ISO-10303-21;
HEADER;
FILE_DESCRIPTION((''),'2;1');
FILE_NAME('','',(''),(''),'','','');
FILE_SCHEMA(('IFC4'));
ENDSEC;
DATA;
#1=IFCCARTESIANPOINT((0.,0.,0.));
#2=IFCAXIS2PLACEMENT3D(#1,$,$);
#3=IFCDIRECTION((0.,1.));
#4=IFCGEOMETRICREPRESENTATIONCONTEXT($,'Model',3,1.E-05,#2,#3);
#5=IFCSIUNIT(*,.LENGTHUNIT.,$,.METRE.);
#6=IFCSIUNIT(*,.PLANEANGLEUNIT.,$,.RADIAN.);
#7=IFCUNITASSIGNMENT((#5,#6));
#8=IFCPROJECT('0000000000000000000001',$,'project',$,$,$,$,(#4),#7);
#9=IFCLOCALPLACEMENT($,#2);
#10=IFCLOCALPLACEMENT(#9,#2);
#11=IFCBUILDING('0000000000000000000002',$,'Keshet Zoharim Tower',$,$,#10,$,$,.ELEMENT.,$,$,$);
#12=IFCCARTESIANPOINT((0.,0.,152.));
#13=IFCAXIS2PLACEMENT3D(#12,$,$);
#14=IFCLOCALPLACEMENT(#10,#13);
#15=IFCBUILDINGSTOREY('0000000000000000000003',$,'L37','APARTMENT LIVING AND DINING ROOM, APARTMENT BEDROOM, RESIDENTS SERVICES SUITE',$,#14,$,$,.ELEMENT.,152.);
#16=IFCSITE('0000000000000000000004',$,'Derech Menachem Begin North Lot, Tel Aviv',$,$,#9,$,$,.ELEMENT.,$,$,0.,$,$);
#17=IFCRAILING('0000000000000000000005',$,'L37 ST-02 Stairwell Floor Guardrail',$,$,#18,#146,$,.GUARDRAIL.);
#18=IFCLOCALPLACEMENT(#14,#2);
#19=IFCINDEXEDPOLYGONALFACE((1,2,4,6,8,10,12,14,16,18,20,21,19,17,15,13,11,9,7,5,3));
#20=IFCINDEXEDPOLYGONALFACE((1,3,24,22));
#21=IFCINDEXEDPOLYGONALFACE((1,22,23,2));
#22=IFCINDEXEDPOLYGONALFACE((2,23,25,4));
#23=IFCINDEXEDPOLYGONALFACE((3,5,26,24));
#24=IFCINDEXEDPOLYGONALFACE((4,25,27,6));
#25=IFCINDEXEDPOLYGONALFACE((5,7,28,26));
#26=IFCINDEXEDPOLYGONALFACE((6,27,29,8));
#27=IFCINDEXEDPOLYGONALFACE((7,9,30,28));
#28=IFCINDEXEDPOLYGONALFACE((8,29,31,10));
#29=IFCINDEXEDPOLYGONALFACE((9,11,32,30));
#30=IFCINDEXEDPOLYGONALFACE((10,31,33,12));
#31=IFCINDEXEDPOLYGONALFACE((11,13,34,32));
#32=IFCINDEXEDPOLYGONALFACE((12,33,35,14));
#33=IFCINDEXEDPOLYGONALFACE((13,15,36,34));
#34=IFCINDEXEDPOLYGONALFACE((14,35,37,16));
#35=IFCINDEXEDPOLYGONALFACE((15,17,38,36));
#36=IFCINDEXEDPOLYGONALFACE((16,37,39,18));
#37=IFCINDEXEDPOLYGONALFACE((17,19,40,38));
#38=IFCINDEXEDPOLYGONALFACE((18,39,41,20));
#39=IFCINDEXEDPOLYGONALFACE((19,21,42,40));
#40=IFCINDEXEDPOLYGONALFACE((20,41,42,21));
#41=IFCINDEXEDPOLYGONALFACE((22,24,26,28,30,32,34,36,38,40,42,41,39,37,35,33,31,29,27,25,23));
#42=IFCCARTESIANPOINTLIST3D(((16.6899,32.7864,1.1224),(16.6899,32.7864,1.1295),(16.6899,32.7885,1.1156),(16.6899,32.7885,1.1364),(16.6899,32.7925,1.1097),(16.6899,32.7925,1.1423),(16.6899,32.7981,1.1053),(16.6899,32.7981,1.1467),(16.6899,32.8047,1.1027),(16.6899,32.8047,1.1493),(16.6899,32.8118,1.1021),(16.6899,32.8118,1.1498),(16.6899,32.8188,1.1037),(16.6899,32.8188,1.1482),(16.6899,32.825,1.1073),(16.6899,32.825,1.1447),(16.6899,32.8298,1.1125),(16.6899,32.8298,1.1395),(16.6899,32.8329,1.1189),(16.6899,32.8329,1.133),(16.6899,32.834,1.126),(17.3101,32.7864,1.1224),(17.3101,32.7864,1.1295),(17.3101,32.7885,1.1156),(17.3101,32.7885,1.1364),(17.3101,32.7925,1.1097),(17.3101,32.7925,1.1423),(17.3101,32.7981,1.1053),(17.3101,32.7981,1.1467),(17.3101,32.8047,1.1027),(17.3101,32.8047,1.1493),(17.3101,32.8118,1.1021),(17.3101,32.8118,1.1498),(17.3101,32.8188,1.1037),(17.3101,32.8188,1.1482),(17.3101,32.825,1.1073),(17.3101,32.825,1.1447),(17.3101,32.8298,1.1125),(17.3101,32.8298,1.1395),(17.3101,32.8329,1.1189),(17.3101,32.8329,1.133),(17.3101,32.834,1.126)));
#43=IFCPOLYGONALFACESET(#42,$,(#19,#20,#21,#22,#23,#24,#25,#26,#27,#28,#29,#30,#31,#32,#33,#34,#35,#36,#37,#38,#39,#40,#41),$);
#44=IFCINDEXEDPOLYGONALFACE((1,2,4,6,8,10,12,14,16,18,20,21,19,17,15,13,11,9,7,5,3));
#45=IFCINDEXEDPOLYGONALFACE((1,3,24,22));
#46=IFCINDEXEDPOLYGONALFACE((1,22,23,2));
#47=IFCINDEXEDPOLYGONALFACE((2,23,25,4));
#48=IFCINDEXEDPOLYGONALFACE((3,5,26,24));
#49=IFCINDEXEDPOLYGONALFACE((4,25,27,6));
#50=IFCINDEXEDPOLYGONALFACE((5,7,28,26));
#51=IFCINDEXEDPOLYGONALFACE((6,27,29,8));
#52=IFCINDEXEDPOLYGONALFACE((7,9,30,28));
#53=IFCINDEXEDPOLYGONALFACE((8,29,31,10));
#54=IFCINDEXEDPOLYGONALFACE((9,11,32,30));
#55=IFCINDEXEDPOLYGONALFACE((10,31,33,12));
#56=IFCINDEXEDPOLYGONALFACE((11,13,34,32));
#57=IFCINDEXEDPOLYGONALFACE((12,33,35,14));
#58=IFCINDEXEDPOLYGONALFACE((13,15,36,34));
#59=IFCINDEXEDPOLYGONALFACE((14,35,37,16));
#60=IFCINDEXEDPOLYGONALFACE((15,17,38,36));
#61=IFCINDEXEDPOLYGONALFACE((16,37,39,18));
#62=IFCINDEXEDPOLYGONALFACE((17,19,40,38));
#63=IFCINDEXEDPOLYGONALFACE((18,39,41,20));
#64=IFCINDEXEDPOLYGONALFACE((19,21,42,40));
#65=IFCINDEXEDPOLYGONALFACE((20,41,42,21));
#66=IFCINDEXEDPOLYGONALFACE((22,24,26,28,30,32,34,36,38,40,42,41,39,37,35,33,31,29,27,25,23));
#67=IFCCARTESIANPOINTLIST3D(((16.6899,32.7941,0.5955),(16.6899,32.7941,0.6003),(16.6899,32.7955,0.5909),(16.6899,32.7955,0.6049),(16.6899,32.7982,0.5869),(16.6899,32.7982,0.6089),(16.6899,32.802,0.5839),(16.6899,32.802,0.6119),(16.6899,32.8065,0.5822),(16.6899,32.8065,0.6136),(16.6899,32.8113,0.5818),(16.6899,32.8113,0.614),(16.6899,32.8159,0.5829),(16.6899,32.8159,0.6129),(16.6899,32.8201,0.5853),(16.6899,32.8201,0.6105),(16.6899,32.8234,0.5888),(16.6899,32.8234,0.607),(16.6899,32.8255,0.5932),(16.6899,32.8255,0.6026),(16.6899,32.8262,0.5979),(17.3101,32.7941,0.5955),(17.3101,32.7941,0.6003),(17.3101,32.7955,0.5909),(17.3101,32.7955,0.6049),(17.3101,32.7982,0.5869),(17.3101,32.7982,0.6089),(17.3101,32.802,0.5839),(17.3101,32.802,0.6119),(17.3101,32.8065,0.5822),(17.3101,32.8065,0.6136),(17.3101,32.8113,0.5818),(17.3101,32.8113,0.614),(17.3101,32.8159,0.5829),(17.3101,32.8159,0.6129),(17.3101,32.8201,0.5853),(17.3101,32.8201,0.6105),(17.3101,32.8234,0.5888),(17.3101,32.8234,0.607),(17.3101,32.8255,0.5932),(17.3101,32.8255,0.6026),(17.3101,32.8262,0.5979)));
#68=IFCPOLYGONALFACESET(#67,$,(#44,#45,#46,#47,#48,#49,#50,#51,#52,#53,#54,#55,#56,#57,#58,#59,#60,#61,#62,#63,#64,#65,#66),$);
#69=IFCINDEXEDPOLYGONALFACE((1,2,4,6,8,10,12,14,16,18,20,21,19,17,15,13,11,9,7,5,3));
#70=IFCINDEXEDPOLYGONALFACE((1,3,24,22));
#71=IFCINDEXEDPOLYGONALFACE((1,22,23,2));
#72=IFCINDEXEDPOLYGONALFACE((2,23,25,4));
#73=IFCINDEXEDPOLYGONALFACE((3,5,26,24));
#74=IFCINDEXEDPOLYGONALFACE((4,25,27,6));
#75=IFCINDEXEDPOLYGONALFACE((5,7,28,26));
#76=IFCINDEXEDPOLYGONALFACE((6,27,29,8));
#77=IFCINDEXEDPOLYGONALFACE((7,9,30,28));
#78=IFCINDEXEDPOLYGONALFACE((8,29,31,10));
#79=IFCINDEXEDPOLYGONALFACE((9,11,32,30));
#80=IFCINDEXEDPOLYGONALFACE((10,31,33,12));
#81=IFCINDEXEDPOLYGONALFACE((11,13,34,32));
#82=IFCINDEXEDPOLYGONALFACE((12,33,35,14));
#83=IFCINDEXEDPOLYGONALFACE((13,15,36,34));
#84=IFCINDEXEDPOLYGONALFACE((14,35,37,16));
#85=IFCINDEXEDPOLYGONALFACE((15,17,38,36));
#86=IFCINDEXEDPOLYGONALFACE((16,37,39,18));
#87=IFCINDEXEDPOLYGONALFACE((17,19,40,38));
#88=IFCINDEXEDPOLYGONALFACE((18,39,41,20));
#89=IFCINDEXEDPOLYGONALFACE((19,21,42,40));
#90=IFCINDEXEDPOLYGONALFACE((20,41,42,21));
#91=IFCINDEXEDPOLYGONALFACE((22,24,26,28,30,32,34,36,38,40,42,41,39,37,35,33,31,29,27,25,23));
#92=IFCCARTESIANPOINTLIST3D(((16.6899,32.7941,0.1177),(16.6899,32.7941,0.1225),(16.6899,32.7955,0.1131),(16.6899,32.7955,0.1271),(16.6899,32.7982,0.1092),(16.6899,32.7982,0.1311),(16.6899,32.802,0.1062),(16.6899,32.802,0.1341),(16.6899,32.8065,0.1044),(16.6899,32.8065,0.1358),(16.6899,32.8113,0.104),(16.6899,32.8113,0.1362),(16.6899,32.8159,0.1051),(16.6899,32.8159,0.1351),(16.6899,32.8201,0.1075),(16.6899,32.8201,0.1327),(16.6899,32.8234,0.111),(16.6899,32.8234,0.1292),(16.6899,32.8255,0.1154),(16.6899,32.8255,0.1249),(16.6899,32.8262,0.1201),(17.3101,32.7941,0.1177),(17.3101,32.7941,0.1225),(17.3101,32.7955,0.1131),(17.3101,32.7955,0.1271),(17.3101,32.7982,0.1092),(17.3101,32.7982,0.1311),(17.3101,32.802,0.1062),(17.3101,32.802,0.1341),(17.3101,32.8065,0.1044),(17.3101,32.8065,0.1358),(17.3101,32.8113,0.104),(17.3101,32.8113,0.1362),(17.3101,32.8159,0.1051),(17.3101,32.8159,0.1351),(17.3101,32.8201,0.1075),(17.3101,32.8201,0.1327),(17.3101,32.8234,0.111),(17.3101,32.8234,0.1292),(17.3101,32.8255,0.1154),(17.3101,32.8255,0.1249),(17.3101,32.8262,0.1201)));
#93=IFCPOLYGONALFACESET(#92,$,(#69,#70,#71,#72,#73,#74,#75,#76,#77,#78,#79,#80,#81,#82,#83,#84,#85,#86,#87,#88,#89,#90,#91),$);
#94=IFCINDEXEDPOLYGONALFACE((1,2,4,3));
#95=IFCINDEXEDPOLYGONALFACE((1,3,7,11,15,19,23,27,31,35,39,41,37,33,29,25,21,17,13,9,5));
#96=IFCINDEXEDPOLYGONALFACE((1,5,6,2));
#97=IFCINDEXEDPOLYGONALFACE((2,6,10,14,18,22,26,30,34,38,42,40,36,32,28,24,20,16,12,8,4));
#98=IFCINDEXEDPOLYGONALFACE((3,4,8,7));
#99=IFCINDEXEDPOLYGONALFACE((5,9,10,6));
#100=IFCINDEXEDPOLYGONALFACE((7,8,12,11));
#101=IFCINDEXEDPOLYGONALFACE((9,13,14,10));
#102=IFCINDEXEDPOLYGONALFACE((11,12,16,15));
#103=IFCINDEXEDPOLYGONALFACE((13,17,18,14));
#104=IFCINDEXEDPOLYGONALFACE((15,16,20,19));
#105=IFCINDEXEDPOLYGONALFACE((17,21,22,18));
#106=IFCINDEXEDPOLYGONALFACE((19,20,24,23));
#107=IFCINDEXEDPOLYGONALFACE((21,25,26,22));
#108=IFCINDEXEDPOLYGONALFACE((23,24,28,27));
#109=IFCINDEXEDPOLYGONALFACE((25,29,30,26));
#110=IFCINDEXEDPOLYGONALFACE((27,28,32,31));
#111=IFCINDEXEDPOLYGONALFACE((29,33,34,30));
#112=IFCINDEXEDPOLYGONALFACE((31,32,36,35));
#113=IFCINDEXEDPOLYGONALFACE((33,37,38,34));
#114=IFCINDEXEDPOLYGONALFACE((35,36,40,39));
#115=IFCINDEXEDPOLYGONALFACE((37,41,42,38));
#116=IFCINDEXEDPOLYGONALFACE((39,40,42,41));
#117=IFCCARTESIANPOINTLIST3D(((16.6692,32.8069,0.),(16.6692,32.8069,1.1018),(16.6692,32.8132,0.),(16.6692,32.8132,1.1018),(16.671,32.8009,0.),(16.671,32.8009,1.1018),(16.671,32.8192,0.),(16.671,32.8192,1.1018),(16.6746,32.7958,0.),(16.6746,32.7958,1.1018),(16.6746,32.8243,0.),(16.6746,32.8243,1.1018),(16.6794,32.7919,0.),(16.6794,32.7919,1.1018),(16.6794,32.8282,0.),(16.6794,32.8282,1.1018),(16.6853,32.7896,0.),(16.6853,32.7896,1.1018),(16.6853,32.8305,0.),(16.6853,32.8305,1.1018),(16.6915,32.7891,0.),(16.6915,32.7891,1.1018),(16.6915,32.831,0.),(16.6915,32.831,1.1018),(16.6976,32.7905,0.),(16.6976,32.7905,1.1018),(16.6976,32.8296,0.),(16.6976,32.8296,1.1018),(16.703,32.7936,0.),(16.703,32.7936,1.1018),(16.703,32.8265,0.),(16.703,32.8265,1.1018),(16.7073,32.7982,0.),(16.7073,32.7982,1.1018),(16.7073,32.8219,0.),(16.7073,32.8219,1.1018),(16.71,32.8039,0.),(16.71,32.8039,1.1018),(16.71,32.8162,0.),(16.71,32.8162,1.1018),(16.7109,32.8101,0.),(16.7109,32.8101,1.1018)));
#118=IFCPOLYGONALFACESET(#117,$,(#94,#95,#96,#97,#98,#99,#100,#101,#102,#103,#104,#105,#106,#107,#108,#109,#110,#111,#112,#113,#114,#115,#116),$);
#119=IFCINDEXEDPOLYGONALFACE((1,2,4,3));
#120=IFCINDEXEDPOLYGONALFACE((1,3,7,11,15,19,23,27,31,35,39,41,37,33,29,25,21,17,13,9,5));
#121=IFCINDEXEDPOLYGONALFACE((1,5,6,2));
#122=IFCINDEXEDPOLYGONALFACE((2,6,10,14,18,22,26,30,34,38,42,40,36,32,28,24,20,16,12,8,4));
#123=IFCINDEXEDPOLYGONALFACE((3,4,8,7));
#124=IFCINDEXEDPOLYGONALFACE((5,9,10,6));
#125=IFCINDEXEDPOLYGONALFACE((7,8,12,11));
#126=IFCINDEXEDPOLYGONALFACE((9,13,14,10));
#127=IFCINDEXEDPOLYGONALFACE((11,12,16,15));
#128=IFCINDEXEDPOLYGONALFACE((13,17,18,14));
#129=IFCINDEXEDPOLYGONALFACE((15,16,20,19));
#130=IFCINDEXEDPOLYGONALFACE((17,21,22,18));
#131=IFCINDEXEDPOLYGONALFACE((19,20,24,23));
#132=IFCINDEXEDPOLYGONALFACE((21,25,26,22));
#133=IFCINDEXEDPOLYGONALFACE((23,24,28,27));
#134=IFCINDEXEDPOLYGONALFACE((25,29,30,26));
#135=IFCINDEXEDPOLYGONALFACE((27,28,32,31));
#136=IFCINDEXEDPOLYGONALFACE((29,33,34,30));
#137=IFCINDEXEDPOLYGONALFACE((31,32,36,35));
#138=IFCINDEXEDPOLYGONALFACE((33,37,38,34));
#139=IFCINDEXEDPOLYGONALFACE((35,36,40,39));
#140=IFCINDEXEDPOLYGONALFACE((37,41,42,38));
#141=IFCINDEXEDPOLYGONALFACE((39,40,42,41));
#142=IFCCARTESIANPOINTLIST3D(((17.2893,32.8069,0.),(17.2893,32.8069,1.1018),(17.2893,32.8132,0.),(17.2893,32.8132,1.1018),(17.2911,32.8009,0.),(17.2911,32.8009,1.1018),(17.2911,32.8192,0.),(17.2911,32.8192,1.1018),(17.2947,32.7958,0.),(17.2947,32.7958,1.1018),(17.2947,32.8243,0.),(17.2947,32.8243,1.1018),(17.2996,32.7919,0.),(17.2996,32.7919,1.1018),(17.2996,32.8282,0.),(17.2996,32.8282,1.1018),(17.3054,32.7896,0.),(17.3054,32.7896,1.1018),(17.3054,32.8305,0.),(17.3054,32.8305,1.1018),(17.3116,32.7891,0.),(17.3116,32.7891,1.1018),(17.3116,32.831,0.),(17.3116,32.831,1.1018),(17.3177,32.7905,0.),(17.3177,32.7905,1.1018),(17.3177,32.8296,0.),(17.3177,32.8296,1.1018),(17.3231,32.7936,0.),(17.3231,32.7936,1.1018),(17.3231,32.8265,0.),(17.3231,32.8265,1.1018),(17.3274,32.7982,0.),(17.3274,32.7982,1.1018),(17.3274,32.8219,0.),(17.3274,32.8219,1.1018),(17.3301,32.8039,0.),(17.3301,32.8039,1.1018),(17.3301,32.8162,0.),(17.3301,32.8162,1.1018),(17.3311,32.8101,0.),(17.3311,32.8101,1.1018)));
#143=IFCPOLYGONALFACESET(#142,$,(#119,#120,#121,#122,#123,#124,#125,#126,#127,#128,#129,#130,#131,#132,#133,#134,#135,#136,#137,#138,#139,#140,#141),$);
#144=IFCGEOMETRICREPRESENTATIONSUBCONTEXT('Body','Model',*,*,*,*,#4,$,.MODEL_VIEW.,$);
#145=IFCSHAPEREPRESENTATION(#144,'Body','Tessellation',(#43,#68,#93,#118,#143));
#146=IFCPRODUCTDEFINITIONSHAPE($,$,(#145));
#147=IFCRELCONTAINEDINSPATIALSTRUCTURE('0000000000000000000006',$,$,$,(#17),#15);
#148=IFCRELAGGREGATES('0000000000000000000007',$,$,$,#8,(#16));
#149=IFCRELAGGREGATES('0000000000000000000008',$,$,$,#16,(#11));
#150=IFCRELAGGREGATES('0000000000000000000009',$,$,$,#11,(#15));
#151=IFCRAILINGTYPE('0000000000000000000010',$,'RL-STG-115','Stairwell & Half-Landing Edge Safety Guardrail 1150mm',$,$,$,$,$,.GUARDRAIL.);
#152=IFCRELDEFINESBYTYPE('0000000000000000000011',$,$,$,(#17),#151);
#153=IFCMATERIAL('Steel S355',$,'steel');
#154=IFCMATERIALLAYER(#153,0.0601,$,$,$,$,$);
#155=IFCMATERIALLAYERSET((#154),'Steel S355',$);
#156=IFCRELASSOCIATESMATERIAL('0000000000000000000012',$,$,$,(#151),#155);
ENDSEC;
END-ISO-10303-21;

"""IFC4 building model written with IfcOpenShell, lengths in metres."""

from ifc_helpers import new_model, si_unit, direction, frame, origin, origin_2d, place, context, subcontext, project, spatial, circle, extrude, material, layer, layer_set, type_object, element, save


model = new_model("IFC4")

# Units and contexts
model_context = context("Model", 3, precision=1e-05, world=origin(), true_north=direction((0.0, 1.0)))
body_context = subcontext(model_context, "Body", "Model", "MODEL_VIEW")
ifc_project = project(units=[si_unit("LENGTHUNIT", "METRE"), si_unit("PLANEANGLEUNIT", "RADIAN")], contexts=[model_context])

# Site, building, storey
site_placement = place(None, origin())
site = spatial("IfcSite", under=ifc_project, at=site_placement, Name="Derech Menachem Begin North Lot, Tel Aviv", CompositionType="ELEMENT", RefElevation=0.0)
building_placement = place(site_placement, origin())
building = spatial("IfcBuilding", under=site, at=building_placement, Name="Keshet Zoharim Tower", CompositionType="ELEMENT")
storey_placement = place(building_placement, frame((0.0, 0.0, 152.0)))
storey = spatial("IfcBuildingStorey", under=building, at=storey_placement, Name="L37", Description="APARTMENT LIVING AND DINING ROOM, APARTMENT BEDROOM, RESIDENTS SERVICES SUITE", CompositionType="ELEMENT", Elevation=152.0)

# Shared definitions
ifc_material_1 = material(Name="Steel S355", Category="steel")

# Railing
ifc_layer_1 = layer(ifc_material_1, 0.0601)
ifc_layer_set_1 = layer_set([ifc_layer_1], Name="Steel S355")
railing_type_1 = type_object("IfcRailingType", Name="RL-STG-115", Description="Stairwell & Half-Landing Edge Safety Guardrail 1150mm", PredefinedType="GUARDRAIL", material=ifc_layer_set_1)
railing_1_placement = place(storey_placement, frame((16.6899, 32.8101, 0.0)))
element("IfcRailing", 1, at=railing_1_placement, inside=storey, type_object=railing_type_1, Name="L37 ST-02 Stairwell Floor Guardrail", PredefinedType="GUARDRAIL", context=body_context, shape_type="SweptSolid", body=[
    extrude(circle(Radius=0.0239, at=origin_2d()), frame((0.0, 0.0, 1.126), z_axis=(1.0, 0.0, 0.0), x_axis=(0.0, 1.0, 0.0)), (0.0, 0.0, 1.0), 0.6201),
    extrude(circle(Radius=0.0161, at=origin_2d()), frame((0.0, 0.0, 0.5979), z_axis=(1.0, 0.0, 0.0), x_axis=(0.0, 1.0, 0.0)), (0.0, 0.0, 1.0), 0.6201),
    extrude(circle(Radius=0.0161, at=origin_2d()), frame((0.0, 0.0, 0.1201), z_axis=(1.0, 0.0, 0.0), x_axis=(0.0, 1.0, 0.0)), (0.0, 0.0, 1.0), 0.6201),
    extrude(circle(Radius=0.021, at=origin_2d()), origin(), (0.0, 0.0, 1.0), 1.1018),
    extrude(circle(Radius=0.021, at=origin_2d()), frame((0.6201, 0.0, 0.0)), (0.0, 0.0, 1.0), 1.1018),
])

save(model, "model.ifc")
